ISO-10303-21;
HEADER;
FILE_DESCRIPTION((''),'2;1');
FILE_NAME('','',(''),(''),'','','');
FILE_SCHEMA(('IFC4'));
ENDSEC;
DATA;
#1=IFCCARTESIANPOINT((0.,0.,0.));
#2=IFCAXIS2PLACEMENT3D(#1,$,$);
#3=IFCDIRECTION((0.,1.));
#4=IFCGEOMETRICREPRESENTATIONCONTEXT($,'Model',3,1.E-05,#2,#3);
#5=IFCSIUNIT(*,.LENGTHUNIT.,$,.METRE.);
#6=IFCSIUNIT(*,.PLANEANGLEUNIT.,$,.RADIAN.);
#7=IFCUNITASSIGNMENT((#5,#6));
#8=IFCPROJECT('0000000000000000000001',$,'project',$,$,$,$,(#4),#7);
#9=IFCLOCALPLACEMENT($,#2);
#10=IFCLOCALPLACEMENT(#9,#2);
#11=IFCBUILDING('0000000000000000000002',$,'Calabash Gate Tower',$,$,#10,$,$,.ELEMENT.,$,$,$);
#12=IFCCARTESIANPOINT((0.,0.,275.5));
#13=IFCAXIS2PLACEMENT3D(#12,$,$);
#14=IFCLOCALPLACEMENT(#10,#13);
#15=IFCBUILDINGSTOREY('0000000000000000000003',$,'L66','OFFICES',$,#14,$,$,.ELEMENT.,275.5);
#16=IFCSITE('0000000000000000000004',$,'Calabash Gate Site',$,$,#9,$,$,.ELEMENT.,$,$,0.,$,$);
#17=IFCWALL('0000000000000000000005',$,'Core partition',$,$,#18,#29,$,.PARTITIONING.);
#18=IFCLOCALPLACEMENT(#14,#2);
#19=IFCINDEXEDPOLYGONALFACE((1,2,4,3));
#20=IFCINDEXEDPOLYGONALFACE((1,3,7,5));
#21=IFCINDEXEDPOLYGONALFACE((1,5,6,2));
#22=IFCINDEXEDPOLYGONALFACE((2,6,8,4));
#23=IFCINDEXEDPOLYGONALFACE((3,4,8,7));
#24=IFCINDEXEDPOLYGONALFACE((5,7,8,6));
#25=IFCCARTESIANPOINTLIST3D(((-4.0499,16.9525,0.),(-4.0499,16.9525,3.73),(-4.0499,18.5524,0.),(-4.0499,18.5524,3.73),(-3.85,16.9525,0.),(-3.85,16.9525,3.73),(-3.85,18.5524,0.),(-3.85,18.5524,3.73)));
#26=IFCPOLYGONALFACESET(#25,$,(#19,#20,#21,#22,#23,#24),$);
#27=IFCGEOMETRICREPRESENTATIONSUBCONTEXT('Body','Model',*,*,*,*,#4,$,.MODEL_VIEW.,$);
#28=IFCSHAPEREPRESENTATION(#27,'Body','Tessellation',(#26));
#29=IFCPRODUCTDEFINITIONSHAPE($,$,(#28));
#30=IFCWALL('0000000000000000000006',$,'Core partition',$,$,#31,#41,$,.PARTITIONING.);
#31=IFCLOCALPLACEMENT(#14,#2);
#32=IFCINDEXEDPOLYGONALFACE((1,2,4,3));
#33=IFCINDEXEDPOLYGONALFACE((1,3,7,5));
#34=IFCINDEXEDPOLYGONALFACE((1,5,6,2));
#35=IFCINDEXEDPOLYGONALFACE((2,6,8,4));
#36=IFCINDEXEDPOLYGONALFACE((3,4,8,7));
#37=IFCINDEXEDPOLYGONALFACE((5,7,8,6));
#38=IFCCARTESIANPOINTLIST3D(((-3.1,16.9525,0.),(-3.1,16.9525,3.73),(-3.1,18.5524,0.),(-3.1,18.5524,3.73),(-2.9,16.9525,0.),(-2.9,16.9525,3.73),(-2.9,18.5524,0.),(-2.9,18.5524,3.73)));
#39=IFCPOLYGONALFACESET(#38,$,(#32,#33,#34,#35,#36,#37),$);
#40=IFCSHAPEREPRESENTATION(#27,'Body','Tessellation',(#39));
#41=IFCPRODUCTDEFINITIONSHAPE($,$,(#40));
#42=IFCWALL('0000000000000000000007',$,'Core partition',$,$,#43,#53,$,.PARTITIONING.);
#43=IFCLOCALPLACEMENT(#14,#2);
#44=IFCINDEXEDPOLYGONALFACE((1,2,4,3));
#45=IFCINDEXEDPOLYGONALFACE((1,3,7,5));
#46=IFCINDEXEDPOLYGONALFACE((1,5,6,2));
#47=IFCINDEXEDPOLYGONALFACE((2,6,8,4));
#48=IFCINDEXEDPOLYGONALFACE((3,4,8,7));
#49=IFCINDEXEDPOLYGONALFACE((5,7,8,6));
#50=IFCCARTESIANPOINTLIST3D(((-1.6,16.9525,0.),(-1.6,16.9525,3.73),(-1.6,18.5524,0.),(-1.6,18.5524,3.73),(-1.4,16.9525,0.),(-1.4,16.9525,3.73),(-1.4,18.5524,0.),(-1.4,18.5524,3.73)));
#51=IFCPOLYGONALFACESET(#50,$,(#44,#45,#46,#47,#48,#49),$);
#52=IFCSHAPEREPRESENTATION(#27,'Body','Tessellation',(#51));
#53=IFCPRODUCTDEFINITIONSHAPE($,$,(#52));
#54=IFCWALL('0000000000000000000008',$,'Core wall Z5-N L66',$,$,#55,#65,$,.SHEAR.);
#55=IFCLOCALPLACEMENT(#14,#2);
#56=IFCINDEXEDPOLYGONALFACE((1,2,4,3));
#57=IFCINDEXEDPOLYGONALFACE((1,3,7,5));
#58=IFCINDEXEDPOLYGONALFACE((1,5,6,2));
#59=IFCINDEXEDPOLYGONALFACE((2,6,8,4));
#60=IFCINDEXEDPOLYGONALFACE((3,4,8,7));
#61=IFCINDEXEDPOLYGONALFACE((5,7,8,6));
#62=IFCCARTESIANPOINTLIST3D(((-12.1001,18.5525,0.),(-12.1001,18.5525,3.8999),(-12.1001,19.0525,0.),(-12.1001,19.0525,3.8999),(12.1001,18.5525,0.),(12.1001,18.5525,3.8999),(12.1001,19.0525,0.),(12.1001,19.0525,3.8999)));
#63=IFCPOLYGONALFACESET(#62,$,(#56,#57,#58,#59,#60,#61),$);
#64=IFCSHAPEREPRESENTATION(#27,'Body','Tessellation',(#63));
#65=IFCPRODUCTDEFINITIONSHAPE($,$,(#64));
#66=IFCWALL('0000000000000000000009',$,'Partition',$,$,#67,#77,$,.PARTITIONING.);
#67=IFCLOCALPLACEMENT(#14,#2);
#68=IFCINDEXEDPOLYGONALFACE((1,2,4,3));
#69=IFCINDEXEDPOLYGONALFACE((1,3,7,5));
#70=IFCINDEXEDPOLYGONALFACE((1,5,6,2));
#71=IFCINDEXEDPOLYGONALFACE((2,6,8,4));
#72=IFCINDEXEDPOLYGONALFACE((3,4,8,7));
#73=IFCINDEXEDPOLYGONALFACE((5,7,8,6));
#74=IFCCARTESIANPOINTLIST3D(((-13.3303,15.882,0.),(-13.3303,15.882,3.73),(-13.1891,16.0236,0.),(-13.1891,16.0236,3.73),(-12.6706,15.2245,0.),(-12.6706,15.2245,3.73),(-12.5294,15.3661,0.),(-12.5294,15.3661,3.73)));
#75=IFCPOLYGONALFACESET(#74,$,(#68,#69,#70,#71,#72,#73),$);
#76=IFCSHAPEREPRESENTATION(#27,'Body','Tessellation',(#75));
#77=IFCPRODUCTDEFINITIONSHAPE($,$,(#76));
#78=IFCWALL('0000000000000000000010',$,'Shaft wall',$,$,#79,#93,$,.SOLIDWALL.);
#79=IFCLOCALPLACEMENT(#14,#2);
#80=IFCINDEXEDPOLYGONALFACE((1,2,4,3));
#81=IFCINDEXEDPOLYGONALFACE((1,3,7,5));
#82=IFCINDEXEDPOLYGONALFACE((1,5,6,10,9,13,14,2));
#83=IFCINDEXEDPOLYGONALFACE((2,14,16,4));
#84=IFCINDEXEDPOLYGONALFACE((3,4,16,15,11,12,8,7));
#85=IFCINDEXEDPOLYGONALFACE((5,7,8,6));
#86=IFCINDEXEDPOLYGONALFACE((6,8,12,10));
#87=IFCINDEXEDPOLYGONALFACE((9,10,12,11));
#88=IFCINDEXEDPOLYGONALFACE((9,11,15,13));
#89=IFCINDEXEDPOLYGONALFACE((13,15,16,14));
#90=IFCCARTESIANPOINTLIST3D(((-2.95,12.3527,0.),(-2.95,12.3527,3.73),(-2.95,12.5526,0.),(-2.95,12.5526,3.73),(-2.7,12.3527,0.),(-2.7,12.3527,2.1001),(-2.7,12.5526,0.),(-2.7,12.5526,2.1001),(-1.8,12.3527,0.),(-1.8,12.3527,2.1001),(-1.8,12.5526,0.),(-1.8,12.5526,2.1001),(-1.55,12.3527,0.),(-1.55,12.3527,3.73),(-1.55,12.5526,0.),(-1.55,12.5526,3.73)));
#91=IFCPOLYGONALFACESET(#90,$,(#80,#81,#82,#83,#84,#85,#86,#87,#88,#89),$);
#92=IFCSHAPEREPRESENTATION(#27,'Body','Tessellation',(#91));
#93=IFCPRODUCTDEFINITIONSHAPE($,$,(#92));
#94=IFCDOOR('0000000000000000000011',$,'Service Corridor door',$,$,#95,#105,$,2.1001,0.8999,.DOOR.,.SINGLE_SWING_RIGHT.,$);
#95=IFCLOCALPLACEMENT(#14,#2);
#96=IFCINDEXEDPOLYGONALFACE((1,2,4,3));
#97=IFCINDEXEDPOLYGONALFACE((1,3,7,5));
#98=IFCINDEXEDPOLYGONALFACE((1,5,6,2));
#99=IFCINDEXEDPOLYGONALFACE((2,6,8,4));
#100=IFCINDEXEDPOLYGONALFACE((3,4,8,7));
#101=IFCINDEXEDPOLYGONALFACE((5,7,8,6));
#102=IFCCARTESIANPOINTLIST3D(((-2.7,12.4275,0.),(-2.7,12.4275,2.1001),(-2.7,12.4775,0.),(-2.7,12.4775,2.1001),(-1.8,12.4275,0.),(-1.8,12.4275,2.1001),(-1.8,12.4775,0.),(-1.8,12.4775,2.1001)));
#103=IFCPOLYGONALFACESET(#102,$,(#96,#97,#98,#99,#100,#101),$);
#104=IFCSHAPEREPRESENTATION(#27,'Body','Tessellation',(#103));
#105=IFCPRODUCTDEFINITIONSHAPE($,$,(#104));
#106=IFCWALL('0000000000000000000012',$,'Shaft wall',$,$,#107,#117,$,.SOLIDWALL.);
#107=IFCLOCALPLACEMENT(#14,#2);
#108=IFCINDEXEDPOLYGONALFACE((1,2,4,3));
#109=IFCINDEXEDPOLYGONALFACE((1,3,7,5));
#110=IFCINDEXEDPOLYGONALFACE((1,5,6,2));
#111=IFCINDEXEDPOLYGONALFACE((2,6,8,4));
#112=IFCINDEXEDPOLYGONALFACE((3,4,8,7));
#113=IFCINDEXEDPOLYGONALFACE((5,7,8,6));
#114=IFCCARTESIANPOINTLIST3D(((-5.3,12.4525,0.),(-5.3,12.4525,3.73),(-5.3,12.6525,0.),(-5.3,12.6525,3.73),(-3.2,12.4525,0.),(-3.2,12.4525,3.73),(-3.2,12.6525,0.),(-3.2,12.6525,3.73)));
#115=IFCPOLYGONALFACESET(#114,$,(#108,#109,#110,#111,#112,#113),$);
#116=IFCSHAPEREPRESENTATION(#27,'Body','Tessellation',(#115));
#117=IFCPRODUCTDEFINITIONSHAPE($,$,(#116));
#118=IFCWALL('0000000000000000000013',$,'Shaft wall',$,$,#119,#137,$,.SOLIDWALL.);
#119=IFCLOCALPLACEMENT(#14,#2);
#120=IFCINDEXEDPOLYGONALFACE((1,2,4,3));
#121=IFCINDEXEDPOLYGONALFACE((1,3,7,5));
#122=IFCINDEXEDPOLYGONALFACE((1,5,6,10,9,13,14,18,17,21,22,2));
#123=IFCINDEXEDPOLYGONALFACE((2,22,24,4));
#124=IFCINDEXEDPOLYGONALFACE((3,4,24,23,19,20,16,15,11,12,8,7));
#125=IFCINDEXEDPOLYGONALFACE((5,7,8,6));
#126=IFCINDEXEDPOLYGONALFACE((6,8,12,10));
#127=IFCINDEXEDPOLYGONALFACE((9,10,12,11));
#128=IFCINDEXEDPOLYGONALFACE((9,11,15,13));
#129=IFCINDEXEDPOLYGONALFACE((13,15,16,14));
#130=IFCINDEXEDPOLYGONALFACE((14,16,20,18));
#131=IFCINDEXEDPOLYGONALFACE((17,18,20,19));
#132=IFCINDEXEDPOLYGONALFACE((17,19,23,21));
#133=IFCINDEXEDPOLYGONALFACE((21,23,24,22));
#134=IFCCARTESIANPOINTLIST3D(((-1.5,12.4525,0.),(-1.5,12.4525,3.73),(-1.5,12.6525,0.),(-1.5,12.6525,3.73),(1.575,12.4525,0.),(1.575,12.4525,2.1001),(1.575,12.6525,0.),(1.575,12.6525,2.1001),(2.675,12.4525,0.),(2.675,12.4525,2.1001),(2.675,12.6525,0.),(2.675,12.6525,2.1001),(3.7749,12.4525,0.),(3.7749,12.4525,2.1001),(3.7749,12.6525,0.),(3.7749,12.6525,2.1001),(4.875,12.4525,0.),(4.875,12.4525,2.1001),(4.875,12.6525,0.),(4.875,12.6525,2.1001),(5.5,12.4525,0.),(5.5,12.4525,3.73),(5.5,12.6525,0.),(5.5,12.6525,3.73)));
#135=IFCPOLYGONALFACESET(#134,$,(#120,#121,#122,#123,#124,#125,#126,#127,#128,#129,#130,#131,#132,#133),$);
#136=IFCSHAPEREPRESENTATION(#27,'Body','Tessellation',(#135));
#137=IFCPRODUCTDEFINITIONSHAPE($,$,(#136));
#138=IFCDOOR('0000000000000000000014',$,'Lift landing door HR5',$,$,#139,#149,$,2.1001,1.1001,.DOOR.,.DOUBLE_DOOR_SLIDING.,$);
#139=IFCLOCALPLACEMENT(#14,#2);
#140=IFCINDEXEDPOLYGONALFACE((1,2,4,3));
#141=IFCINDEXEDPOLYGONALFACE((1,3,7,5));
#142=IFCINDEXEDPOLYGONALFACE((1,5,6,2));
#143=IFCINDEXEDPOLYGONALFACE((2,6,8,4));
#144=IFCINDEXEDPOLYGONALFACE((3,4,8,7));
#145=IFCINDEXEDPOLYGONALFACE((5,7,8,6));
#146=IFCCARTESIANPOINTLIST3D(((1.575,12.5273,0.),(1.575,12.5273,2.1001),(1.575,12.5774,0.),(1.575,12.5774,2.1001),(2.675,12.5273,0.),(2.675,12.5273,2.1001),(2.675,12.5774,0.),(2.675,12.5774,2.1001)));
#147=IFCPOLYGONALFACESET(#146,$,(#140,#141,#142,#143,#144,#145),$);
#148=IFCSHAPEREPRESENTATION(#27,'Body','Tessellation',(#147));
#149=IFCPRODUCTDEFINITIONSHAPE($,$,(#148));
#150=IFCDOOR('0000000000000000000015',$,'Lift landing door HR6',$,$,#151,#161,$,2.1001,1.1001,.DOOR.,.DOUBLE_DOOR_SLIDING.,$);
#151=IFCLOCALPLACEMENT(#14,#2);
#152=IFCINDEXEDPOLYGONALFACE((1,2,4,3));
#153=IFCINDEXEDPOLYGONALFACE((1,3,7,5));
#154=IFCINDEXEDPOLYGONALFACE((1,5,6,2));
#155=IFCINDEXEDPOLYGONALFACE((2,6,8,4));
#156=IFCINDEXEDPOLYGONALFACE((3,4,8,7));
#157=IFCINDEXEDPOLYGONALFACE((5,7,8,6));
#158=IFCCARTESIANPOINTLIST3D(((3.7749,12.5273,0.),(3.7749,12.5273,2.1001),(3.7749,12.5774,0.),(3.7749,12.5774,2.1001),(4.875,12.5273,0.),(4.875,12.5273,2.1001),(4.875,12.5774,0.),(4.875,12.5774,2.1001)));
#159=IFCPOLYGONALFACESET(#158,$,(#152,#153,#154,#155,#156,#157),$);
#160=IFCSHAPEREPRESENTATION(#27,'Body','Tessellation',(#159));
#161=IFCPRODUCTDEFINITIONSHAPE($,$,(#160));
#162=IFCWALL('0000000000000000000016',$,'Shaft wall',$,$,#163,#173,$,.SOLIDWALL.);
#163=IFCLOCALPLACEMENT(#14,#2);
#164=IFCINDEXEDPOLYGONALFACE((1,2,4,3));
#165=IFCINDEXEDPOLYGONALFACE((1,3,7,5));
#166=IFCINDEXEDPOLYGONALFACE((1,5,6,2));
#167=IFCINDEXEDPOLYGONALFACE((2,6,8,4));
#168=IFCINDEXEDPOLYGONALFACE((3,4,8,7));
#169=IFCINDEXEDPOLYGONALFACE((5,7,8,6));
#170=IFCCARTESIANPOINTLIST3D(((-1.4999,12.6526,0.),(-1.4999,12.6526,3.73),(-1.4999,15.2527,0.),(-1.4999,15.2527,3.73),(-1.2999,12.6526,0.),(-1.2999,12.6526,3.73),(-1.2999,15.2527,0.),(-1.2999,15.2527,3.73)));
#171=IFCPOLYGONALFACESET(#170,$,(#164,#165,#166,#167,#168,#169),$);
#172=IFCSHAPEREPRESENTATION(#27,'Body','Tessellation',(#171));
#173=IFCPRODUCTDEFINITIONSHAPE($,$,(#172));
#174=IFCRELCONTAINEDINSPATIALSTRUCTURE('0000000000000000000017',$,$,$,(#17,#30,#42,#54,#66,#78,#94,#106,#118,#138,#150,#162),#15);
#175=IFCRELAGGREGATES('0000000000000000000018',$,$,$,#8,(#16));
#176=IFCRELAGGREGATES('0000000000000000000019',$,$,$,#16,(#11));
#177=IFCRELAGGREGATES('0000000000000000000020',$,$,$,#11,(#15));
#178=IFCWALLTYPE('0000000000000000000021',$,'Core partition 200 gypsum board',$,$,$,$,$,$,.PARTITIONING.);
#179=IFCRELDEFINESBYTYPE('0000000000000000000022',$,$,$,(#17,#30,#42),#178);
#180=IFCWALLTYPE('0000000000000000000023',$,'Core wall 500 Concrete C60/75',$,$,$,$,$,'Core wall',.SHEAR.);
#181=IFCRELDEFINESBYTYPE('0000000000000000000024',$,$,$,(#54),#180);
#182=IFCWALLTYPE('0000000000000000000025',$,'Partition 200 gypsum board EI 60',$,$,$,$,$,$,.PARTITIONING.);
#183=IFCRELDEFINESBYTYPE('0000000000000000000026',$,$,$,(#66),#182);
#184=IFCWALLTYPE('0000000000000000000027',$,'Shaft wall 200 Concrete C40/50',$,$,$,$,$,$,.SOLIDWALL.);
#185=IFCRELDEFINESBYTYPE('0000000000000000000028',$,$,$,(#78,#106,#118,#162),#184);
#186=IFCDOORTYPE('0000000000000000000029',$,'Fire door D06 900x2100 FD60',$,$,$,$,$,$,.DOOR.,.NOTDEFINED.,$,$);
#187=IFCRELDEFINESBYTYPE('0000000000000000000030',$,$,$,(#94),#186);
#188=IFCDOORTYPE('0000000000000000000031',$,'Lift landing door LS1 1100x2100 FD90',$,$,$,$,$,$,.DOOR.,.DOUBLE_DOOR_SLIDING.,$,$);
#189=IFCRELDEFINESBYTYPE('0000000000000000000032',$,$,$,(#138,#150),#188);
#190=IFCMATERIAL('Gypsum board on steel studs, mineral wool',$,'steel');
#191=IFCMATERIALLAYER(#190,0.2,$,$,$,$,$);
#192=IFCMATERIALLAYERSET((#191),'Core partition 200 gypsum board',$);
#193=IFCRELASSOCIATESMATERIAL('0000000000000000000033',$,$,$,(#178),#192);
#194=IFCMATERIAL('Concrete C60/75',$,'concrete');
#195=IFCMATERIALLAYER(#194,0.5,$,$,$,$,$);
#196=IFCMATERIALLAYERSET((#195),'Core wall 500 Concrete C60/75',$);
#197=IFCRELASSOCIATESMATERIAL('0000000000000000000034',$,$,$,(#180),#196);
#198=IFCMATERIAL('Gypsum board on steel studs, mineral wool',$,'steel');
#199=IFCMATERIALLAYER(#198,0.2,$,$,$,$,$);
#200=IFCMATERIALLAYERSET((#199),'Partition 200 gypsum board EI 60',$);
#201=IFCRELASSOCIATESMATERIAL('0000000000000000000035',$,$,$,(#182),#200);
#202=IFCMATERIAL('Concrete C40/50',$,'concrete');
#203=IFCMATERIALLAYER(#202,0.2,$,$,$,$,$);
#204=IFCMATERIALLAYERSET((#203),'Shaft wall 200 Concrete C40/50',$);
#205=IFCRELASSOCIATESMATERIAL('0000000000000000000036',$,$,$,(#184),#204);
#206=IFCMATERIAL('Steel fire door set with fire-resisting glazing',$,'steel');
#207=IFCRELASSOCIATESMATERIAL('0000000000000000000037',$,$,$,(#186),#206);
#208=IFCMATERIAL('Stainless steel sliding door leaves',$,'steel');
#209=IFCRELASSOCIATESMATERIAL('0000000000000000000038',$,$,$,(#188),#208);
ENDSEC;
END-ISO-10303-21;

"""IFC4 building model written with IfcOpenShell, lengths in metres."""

from ifc_helpers import new_model, si_unit, direction, frame, frame_2d, origin, place, context, subcontext, project, spatial, rectangle, extrude, material, layer, layer_set, type_object, element, fill, save


model = new_model("IFC4")

# Units and contexts
model_context = context("Model", 3, precision=1e-05, world=origin(), true_north=direction((0.0, 1.0)))
body_context = subcontext(model_context, "Body", "Model", "MODEL_VIEW")
ifc_project = project(units=[si_unit("LENGTHUNIT", "METRE"), si_unit("PLANEANGLEUNIT", "RADIAN")], contexts=[model_context])

# Site, building, storey
site_placement = place(None, origin())
site = spatial("IfcSite", under=ifc_project, at=site_placement, Name="Calabash Gate Site", CompositionType="ELEMENT", RefElevation=0.0)
building_placement = place(site_placement, origin())
building = spatial("IfcBuilding", under=site, at=building_placement, Name="Calabash Gate Tower", CompositionType="ELEMENT")
storey_placement = place(building_placement, frame((0.0, 0.0, 275.5)))
storey = spatial("IfcBuildingStorey", under=building, at=storey_placement, Name="L66", Description="OFFICES", CompositionType="ELEMENT", Elevation=275.5)

# Walls
ifc_material_1 = material(Name="Gypsum board on steel studs, mineral wool", Category="steel")
ifc_layer_1 = layer(ifc_material_1, 0.2)
ifc_layer_set_1 = layer_set([ifc_layer_1], Name="Core partition 200 gypsum board")
wall_type_1 = type_object("IfcWallType", Name="Core partition 200 gypsum board", PredefinedType="PARTITIONING", material=ifc_layer_set_1)
for number, where, z_axis, x_axis, name in (
    (1, (-3.95, 16.9526, 0.0), (0.0, 0.0, 1.0), (0.0, 1.0, 0.0), "Core partition"),
    (2, (-3.0, 16.9526, 0.0), (0.0, 0.0, 1.0), (0.0, 1.0, 0.0), "Core partition"),
    (3, (-1.5, 16.9526, 0.0), (0.0, 0.0, 1.0), (0.0, 1.0, 0.0), "Core partition"),
):
    element("IfcWall", number, at=place(storey_placement, frame(where, z_axis=z_axis, x_axis=x_axis)), inside=storey, type_object=wall_type_1, Name=name, PredefinedType="PARTITIONING", context=body_context, shape_type="SweptSolid", body=[
        extrude(rectangle(XDim=1.5999, YDim=0.2, at=frame_2d((0.7998, 0.0))), origin(), (0.0, 0.0, 1.0), 3.73),
    ])
ifc_material_2 = material(Name="Concrete C60/75", Category="concrete")
ifc_layer_2 = layer(ifc_material_2, 0.5)
ifc_layer_set_2 = layer_set([ifc_layer_2], Name="Core wall 500 Concrete C60/75")
wall_type_2 = type_object("IfcWallType", Name="Core wall 500 Concrete C60/75", ElementType="Core wall", PredefinedType="SHEAR", material=ifc_layer_set_2)
wall_1_placement = place(storey_placement, frame((-12.1001, 18.8025, 0.0), z_axis=(0.0, 0.0, 1.0), x_axis=(1.0, 0.0, 0.0)))
element("IfcWall", 4, at=wall_1_placement, inside=storey, type_object=wall_type_2, Name="Core wall Z5-N L66", PredefinedType="SHEAR", context=body_context, shape_type="SweptSolid", body=[
    extrude(rectangle(XDim=24.2002, YDim=0.5, at=frame_2d((12.1001, 0.0))), origin(), (0.0, 0.0, 1.0), 3.8999),
])
ifc_material_3 = material(Name="Gypsum board on steel studs, mineral wool", Category="steel")
ifc_layer_3 = layer(ifc_material_3, 0.2)
ifc_layer_set_3 = layer_set([ifc_layer_3], Name="Partition 200 gypsum board EI 60")
wall_type_3 = type_object("IfcWallType", Name="Partition 200 gypsum board EI 60", PredefinedType="PARTITIONING", material=ifc_layer_set_3)
wall_2_placement = place(storey_placement, frame((-13.2598, 15.9529, 0.0), z_axis=(0.0, 0.0, 1.0), x_axis=(0.708285, -0.705926, 0.0)))
element("IfcWall", 5, at=wall_2_placement, inside=storey, type_object=wall_type_3, Name="Partition", PredefinedType="PARTITIONING", context=body_context, shape_type="SweptSolid", body=[
    extrude(rectangle(XDim=0.9314, YDim=0.2, at=frame_2d((0.4658, 0.0))), origin(), (0.0, 0.0, 1.0), 3.73),
])

# Wall, opening, door
ifc_material_4 = material(Name="Concrete C40/50", Category="concrete")
ifc_layer_4 = layer(ifc_material_4, 0.2)
ifc_layer_set_4 = layer_set([ifc_layer_4], Name="Shaft wall 200 Concrete C40/50")
wall_type_4 = type_object("IfcWallType", Name="Shaft wall 200 Concrete C40/50", PredefinedType="SOLIDWALL", material=ifc_layer_set_4)
wall_3_placement = place(storey_placement, frame((-2.95, 12.4526, 0.0), z_axis=(0.0, 0.0, 1.0), x_axis=(1.0, 0.0, 0.0)))
wall_3 = element("IfcWall", 6, at=wall_3_placement, inside=storey, type_object=wall_type_4, Name="Shaft wall", PredefinedType="SOLIDWALL", context=body_context, shape_type="SweptSolid", body=[
    extrude(rectangle(XDim=1.3999, YDim=0.2, at=frame_2d((0.7, 0.0))), origin(), (0.0, 0.0, 1.0), 3.73),
])
opening_1_placement = place(wall_3_placement, frame((0.25, 0.0, 0.0)))
opening_1 = element("IfcOpeningElement", 7, at=opening_1_placement, cuts=wall_3, PredefinedType="OPENING", context=body_context, shape_type="SweptSolid", body=[
    extrude(rectangle(XDim=0.8999, YDim=2.1001, at=frame_2d((0.45, 1.05))), frame((0.0, 0.1099, 0.0), z_axis=(0.0, -1.0, 0.0), x_axis=(1.0, 0.0, 0.0)), (0.0, 0.0, 1.0), 0.22),
])
ifc_material_5 = material(Name="Steel fire door set with fire-resisting glazing", Category="steel")
door_type_1 = type_object("IfcDoorType", Name="Fire door D06 900x2100 FD60", OperationType="NOTDEFINED", PredefinedType="DOOR", material=ifc_material_5)
door_1_placement = place(opening_1_placement, origin())
door_1 = element("IfcDoor", 8, at=door_1_placement, inside=storey, type_object=door_type_1, Name="Service Corridor door", OperationType="SINGLE_SWING_RIGHT", OverallHeight=2.1001, OverallWidth=0.8999, PredefinedType="DOOR", context=body_context, shape_type="SweptSolid", body=[
    extrude(rectangle(XDim=0.8999, YDim=2.1001, at=frame_2d((0.45, 1.05))), frame((0.0, 0.0249, 0.0), z_axis=(0.0, -1.0, 0.0), x_axis=(1.0, 0.0, 0.0)), (0.0, 0.0, 1.0), 0.05),
])
fill(opening_1, door_1)

# Wall
wall_4_placement = place(storey_placement, frame((-5.3, 12.5525, 0.0), z_axis=(0.0, 0.0, 1.0), x_axis=(1.0, 0.0, 0.0)))
element("IfcWall", 9, at=wall_4_placement, inside=storey, type_object=wall_type_4, Name="Shaft wall", PredefinedType="SOLIDWALL", context=body_context, shape_type="SweptSolid", body=[
    extrude(rectangle(XDim=2.1001, YDim=0.2, at=frame_2d((1.05, 0.0))), origin(), (0.0, 0.0, 1.0), 3.73),
])

# Wall, openings, doors
wall_5_placement = place(storey_placement, frame((-1.5, 12.5525, 0.0), z_axis=(0.0, 0.0, 1.0), x_axis=(1.0, 0.0, 0.0)))
wall_5 = element("IfcWall", 10, at=wall_5_placement, inside=storey, type_object=wall_type_4, Name="Shaft wall", PredefinedType="SOLIDWALL", context=body_context, shape_type="SweptSolid", body=[
    extrude(rectangle(XDim=7.0, YDim=0.2, at=frame_2d((3.5, 0.0))), origin(), (0.0, 0.0, 1.0), 3.73),
])
opening_2_placement = place(wall_5_placement, frame((3.075, 0.0, 0.0)))
opening_2 = element("IfcOpeningElement", 11, at=opening_2_placement, cuts=wall_5, PredefinedType="OPENING", context=body_context, shape_type="SweptSolid", body=[
    extrude(rectangle(XDim=1.1001, YDim=2.1001, at=frame_2d((0.55, 1.05))), frame((0.0, 0.1099, 0.0), z_axis=(0.0, -1.0, 0.0), x_axis=(1.0, 0.0, 0.0)), (0.0, 0.0, 1.0), 0.22),
])
opening_3_placement = place(wall_5_placement, frame((5.2749, 0.0, 0.0)))
opening_3 = element("IfcOpeningElement", 12, at=opening_3_placement, cuts=wall_5, PredefinedType="OPENING", context=body_context, shape_type="SweptSolid", body=[
    extrude(rectangle(XDim=1.1001, YDim=2.1001, at=frame_2d((0.55, 1.05))), frame((0.0, 0.1099, 0.0), z_axis=(0.0, -1.0, 0.0), x_axis=(1.0, 0.0, 0.0)), (0.0, 0.0, 1.0), 0.22),
])
ifc_material_6 = material(Name="Stainless steel sliding door leaves", Category="steel")
door_type_2 = type_object("IfcDoorType", Name="Lift landing door LS1 1100x2100 FD90", OperationType="DOUBLE_DOOR_SLIDING", PredefinedType="DOOR", material=ifc_material_6)
door_2_placement = place(opening_2_placement, origin())
door_2 = element("IfcDoor", 13, at=door_2_placement, inside=storey, type_object=door_type_2, Name="Lift landing door HR5", OperationType="DOUBLE_DOOR_SLIDING", OverallHeight=2.1001, OverallWidth=1.1001, PredefinedType="DOOR", context=body_context, shape_type="SweptSolid", body=[
    extrude(rectangle(XDim=1.1001, YDim=2.1001, at=frame_2d((0.55, 1.05))), frame((0.0, 0.0249, 0.0), z_axis=(0.0, -1.0, 0.0), x_axis=(1.0, 0.0, 0.0)), (0.0, 0.0, 1.0), 0.05),
])
fill(opening_2, door_2)
door_3_placement = place(opening_3_placement, origin())
door_3 = element("IfcDoor", 14, at=door_3_placement, inside=storey, type_object=door_type_2, Name="Lift landing door HR6", OperationType="DOUBLE_DOOR_SLIDING", OverallHeight=2.1001, OverallWidth=1.1001, PredefinedType="DOOR", context=body_context, shape_type="SweptSolid", body=[
    extrude(rectangle(XDim=1.1001, YDim=2.1001, at=frame_2d((0.55, 1.05))), frame((0.0, 0.0249, 0.0), z_axis=(0.0, -1.0, 0.0), x_axis=(1.0, 0.0, 0.0)), (0.0, 0.0, 1.0), 0.05),
])
fill(opening_3, door_3)

# Wall
wall_6_placement = place(storey_placement, frame((-1.3999, 12.6526, 0.0), z_axis=(0.0, 0.0, 1.0), x_axis=(0.0, 1.0, 0.0)))
element("IfcWall", 15, at=wall_6_placement, inside=storey, type_object=wall_type_4, Name="Shaft wall", PredefinedType="SOLIDWALL", context=body_context, shape_type="SweptSolid", body=[
    extrude(rectangle(XDim=2.6001, YDim=0.2, at=frame_2d((1.3, 0.0))), origin(), (0.0, 0.0, 1.0), 3.73),
])

save(model, "model.ifc")
